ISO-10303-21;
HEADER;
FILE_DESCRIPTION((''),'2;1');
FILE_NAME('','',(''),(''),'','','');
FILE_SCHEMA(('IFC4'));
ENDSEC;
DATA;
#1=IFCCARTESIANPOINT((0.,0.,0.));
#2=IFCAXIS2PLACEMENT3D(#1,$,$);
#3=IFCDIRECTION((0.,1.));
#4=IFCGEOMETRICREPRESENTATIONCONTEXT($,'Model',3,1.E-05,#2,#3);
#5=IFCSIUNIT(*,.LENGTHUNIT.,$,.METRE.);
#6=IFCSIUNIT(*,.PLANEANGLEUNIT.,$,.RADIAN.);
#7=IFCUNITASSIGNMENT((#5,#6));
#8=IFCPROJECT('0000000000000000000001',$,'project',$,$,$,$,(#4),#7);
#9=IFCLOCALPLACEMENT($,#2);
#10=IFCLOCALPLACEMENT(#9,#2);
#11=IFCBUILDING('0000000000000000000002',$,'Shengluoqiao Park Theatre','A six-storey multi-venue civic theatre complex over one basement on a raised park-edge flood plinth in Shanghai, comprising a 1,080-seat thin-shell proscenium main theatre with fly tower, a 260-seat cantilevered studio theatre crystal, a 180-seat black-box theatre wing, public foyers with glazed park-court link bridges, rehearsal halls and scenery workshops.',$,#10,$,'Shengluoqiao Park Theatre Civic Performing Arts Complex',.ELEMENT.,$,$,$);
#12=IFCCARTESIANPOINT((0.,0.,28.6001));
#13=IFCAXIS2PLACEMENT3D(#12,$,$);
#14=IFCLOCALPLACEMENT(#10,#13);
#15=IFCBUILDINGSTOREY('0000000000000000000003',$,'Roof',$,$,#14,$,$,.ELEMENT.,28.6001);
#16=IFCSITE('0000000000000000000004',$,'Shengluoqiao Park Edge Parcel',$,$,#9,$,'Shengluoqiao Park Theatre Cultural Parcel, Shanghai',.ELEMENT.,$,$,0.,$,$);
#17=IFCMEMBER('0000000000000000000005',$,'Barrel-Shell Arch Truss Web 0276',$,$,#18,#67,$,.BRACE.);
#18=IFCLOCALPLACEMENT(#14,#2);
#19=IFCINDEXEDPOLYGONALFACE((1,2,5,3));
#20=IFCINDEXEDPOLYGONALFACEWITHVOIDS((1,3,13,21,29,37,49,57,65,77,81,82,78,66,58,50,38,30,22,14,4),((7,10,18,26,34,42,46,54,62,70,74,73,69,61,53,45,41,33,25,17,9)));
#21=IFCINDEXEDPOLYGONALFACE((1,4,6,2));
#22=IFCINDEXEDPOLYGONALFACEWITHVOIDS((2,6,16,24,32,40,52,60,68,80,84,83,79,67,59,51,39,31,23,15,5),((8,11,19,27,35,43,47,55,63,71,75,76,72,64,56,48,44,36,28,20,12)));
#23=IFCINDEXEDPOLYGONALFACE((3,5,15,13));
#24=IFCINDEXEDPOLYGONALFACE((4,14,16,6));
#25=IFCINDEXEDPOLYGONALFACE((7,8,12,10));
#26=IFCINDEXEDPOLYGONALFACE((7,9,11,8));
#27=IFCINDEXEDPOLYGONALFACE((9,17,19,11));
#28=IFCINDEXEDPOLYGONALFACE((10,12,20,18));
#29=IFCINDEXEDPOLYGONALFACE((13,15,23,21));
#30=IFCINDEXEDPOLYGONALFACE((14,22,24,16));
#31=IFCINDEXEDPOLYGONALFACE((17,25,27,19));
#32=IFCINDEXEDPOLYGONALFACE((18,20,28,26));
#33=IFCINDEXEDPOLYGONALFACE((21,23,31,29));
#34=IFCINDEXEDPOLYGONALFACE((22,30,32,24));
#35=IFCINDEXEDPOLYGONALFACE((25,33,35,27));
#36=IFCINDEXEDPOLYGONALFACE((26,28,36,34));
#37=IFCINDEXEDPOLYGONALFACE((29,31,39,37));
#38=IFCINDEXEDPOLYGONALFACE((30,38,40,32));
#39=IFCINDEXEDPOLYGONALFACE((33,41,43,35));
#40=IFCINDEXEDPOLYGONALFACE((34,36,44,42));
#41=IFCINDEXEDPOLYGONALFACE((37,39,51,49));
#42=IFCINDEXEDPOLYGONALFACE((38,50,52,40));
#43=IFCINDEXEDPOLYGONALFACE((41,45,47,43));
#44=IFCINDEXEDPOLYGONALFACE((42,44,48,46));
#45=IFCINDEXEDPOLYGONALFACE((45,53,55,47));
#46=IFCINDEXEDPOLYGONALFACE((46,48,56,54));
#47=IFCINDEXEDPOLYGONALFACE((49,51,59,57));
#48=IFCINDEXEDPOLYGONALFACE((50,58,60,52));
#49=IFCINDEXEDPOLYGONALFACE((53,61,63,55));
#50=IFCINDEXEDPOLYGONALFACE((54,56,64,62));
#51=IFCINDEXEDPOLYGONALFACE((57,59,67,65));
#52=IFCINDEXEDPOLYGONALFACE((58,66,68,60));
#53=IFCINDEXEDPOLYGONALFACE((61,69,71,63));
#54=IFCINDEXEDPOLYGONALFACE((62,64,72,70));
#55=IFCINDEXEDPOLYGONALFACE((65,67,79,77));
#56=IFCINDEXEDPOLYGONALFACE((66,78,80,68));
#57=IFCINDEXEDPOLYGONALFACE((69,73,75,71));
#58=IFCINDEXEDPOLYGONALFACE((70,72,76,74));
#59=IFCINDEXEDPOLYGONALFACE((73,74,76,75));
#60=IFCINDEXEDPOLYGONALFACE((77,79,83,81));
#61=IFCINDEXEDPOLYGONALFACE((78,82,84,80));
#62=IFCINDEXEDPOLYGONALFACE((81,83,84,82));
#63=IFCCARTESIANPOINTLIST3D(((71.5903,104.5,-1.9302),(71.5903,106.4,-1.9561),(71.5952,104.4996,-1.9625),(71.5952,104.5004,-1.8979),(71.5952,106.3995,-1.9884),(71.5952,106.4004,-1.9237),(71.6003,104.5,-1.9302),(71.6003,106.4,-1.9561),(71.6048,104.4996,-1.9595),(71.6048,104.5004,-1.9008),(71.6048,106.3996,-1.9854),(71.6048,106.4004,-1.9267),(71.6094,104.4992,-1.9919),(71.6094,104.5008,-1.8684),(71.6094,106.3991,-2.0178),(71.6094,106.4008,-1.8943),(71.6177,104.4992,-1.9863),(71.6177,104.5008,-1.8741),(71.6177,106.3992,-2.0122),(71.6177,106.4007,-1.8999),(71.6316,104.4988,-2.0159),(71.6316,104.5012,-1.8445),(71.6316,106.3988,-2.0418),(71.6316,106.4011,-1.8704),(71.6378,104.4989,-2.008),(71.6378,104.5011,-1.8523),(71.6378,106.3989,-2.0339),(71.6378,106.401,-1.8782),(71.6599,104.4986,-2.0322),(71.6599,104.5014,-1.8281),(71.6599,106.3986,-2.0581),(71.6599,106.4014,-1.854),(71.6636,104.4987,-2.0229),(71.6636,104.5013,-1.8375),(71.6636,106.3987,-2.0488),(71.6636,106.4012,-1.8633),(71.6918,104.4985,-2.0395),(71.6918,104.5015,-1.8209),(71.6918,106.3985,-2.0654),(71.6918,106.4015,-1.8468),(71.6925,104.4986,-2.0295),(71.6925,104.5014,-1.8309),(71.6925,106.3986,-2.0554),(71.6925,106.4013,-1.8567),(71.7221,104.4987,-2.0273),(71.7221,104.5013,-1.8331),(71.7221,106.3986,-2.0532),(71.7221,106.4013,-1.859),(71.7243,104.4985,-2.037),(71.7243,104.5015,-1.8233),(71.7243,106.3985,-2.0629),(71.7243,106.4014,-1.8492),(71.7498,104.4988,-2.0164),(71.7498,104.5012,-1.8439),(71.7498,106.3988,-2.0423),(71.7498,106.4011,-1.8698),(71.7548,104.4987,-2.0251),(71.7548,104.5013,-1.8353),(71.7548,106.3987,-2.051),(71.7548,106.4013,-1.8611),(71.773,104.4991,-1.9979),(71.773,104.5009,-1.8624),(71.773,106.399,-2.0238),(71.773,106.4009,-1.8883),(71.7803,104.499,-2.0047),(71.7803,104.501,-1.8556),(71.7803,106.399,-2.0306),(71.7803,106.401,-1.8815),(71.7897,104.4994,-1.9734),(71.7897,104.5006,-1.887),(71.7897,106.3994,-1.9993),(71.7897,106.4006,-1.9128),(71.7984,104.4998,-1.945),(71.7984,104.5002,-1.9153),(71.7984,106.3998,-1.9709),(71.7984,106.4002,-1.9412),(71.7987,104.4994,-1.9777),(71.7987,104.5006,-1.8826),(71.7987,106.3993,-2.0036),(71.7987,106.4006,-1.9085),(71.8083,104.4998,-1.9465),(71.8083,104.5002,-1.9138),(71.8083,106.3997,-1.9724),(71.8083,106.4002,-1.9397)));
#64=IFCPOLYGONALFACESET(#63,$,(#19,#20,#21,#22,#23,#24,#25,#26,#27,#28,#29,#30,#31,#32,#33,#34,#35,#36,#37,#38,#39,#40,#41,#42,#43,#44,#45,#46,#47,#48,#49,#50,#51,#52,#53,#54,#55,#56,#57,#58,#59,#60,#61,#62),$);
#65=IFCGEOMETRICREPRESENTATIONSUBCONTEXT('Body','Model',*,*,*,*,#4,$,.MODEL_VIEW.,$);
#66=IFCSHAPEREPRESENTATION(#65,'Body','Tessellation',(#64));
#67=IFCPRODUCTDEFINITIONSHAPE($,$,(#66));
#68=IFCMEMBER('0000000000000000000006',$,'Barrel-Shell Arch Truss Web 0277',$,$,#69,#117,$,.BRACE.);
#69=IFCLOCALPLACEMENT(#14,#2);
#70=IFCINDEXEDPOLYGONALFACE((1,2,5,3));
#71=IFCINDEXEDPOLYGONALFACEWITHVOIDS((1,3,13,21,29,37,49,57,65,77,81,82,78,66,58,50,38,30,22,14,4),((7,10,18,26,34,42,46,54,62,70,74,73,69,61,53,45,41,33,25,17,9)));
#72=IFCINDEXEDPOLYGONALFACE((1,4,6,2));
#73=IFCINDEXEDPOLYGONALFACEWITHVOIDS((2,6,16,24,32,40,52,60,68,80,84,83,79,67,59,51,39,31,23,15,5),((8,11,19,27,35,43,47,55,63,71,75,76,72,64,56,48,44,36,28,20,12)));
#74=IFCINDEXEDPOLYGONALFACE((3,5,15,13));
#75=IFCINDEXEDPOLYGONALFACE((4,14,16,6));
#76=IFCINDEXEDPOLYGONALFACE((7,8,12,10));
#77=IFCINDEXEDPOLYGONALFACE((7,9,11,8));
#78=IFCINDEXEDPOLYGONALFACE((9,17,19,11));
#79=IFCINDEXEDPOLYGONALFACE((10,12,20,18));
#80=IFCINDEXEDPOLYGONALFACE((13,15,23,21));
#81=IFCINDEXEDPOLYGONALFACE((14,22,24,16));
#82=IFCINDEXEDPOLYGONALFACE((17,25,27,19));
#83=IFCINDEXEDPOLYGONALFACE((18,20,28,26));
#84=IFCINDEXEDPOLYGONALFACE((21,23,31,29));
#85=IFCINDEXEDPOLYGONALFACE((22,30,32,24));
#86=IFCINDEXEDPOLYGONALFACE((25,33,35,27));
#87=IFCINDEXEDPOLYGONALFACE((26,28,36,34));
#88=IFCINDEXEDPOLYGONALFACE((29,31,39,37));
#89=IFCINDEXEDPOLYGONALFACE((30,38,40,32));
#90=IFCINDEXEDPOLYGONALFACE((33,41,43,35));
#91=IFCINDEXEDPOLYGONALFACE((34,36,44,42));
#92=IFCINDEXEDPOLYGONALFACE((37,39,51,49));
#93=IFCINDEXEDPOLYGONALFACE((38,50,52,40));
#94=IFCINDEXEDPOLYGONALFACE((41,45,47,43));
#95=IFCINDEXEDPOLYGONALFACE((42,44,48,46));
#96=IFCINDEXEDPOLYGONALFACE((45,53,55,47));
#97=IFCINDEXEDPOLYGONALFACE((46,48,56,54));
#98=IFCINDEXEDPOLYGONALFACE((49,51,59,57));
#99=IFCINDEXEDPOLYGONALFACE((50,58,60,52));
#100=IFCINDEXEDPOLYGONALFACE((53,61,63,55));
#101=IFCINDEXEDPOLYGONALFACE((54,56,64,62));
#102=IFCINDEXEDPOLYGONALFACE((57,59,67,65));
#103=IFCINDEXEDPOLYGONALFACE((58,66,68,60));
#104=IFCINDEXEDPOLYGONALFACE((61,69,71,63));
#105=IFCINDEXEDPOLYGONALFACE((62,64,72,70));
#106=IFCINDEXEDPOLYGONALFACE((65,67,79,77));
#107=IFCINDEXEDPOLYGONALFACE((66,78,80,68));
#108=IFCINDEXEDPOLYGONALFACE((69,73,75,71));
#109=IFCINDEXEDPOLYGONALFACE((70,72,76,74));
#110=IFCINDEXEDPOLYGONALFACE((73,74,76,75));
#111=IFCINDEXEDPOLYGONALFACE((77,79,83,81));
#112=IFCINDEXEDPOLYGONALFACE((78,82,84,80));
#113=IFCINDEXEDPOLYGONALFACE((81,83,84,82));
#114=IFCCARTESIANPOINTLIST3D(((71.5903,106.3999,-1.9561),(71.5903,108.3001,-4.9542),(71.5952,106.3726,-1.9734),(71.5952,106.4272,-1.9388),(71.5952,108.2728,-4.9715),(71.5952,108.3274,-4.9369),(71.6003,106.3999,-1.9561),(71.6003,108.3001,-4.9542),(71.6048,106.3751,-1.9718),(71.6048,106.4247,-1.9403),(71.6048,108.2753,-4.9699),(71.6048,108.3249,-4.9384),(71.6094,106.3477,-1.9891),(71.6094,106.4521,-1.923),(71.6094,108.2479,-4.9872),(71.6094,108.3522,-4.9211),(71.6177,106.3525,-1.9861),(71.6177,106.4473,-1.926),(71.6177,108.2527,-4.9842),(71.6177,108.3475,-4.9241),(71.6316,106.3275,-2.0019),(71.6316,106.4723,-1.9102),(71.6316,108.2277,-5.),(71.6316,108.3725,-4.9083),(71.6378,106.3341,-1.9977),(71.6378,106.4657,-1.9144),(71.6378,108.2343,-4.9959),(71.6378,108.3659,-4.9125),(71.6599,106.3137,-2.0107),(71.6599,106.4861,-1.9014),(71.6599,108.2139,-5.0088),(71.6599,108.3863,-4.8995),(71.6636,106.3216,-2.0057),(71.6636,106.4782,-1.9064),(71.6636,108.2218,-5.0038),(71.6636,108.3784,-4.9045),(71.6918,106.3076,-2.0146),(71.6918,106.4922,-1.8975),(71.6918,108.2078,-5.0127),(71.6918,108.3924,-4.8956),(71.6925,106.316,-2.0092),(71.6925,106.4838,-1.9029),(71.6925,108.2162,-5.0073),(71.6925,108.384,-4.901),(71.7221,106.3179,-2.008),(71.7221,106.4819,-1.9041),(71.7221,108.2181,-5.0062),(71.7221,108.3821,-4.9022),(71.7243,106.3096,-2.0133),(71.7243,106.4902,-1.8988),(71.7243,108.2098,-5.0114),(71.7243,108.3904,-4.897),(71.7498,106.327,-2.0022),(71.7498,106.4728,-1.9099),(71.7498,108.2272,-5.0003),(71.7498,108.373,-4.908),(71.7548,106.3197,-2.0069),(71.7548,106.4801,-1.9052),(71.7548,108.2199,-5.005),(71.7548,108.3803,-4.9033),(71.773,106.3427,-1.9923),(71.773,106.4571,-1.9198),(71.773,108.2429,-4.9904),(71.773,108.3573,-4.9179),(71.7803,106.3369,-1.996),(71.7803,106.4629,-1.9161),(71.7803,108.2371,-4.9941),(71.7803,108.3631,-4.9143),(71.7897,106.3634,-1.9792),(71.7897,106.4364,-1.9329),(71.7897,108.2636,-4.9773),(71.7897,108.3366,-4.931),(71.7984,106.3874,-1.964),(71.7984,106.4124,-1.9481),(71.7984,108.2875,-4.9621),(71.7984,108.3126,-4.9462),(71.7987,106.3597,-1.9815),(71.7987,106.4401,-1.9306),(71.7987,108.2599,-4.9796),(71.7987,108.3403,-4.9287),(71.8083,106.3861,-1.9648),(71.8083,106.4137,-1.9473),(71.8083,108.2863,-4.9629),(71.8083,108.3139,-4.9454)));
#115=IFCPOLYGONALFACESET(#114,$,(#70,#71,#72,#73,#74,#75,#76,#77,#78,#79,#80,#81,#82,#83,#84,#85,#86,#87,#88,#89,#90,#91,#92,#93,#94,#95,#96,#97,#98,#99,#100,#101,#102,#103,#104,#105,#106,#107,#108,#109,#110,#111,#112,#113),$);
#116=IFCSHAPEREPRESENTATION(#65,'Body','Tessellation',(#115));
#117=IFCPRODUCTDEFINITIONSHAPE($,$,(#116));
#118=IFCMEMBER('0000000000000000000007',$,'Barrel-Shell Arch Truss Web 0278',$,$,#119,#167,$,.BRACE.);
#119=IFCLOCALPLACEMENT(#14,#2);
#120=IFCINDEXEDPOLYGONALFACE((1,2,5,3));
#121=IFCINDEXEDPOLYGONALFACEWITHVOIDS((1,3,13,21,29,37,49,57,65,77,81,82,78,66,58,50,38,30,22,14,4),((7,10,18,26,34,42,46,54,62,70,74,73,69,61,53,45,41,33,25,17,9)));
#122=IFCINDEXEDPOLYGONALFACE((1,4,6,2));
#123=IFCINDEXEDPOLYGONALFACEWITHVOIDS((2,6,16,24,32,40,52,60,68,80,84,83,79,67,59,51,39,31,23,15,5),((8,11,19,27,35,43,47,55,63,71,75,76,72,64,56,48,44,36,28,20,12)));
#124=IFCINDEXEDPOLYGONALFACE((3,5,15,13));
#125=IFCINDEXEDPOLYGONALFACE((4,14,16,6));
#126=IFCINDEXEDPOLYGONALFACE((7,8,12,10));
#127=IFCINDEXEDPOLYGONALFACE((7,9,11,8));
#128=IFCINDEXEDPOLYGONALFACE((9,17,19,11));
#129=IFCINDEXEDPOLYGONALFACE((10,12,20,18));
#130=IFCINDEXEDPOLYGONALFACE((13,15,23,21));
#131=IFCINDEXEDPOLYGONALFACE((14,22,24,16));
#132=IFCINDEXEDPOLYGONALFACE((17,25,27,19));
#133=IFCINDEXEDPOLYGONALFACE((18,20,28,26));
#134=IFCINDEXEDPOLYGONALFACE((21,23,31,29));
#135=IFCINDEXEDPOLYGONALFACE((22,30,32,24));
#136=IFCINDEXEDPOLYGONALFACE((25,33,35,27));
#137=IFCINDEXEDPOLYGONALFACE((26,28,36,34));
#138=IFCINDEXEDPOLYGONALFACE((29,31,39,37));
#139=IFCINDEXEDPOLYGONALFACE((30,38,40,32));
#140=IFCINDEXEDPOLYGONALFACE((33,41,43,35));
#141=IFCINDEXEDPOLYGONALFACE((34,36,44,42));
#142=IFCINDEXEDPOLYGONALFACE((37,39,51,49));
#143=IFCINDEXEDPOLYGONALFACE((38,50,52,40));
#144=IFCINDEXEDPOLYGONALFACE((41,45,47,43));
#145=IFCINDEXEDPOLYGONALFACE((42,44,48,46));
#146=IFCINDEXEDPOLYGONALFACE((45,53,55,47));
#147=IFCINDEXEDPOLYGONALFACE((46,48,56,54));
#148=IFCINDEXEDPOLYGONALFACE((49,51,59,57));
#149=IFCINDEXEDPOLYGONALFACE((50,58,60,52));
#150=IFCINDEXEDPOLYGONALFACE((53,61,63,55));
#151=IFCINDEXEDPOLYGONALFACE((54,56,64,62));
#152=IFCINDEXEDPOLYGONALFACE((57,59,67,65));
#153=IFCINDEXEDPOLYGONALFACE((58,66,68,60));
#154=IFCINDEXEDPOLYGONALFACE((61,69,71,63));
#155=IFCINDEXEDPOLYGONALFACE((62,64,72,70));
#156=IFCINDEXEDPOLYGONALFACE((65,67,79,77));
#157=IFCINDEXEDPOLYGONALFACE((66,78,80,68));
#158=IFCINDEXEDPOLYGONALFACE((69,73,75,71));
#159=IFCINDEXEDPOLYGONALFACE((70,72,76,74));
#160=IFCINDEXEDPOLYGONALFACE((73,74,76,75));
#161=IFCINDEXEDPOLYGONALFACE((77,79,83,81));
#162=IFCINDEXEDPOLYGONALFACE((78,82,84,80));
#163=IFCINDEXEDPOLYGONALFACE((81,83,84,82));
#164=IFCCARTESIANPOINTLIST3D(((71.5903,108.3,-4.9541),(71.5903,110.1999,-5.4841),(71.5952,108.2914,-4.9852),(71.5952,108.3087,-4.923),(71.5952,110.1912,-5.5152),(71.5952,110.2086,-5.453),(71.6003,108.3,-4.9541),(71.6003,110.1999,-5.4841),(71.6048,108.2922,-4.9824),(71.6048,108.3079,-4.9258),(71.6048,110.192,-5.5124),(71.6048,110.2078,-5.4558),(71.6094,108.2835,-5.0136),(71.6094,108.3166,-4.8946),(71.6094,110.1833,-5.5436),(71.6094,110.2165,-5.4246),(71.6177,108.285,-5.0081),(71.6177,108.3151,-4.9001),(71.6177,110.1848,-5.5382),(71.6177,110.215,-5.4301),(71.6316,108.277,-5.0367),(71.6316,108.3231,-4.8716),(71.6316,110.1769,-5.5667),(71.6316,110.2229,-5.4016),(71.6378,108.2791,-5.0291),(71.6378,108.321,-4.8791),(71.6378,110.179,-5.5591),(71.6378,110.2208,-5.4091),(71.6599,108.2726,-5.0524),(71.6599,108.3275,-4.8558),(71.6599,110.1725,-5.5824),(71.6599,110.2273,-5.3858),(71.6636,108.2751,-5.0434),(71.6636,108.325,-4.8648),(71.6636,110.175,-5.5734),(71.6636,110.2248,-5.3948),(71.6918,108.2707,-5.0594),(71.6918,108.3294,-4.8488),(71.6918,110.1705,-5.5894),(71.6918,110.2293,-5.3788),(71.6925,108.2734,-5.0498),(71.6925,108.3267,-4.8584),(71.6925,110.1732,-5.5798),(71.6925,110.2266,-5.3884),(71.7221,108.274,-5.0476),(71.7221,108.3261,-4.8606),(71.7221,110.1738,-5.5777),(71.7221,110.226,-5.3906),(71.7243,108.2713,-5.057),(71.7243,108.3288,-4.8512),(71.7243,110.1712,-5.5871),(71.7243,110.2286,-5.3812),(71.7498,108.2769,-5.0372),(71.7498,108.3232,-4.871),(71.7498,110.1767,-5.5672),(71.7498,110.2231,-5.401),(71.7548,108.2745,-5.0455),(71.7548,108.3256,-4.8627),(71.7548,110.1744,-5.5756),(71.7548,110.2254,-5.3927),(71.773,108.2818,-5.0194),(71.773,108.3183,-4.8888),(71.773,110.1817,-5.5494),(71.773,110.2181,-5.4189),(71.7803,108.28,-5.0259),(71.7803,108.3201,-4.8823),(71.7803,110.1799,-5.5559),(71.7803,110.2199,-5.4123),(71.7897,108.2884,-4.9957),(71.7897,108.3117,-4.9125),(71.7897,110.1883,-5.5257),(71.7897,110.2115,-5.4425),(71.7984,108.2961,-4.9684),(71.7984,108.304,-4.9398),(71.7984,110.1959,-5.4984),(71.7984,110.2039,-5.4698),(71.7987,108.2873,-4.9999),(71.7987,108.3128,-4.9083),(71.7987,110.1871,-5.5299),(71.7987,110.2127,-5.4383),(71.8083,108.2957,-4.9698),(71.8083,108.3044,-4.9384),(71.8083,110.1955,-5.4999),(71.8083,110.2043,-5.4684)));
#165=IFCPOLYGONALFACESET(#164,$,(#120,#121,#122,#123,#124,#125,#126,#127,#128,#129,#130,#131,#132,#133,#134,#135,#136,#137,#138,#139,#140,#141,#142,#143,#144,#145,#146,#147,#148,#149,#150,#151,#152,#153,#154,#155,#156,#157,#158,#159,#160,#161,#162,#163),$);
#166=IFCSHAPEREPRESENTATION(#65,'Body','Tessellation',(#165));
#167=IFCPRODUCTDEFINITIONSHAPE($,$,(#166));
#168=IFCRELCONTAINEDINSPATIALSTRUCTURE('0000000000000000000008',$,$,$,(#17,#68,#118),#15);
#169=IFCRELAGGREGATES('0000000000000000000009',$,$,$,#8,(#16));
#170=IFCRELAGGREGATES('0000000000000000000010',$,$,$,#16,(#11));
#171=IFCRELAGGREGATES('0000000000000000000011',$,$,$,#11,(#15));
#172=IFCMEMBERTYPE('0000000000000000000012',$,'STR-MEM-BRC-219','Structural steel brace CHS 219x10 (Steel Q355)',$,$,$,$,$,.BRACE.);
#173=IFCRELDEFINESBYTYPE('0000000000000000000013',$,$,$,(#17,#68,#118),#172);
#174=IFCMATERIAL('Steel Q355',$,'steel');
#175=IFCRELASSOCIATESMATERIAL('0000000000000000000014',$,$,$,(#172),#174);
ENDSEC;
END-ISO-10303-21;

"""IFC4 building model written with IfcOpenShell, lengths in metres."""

from ifc_helpers import new_model, si_unit, direction, frame, origin, origin_2d, place, context, subcontext, project, spatial, hollow_circle, extrude, material, material_profile, profile_set, type_object, element, save


model = new_model("IFC4")

# Units and contexts
model_context = context("Model", 3, precision=1e-05, world=origin(), true_north=direction((0.0, 1.0)))
body_context = subcontext(model_context, "Body", "Model", "MODEL_VIEW")
ifc_project = project(units=[si_unit("LENGTHUNIT", "METRE"), si_unit("PLANEANGLEUNIT", "RADIAN")], contexts=[model_context])

# Site, building, storey
site_placement = place(None, origin())
site = spatial("IfcSite", under=ifc_project, at=site_placement, Name="Shengluoqiao Park Edge Parcel", LongName="Shengluoqiao Park Theatre Cultural Parcel, Shanghai", CompositionType="ELEMENT", RefElevation=0.0)
building_placement = place(site_placement, origin())
building = spatial("IfcBuilding", under=site, at=building_placement, Name="Shengluoqiao Park Theatre", Description="A six-storey multi-venue civic theatre complex over one basement on a raised park-edge flood plinth in Shanghai, comprising a 1,080-seat thin-shell proscenium main theatre with fly tower, a 260-seat cantilevered studio theatre crystal, a 180-seat black-box theatre wing, public foyers with glazed park-court link bridges, rehearsal halls and scenery workshops.", LongName="Shengluoqiao Park Theatre Civic Performing Arts Complex", CompositionType="ELEMENT")
storey_placement = place(building_placement, frame((0.0, 0.0, 28.6001)))
storey = spatial("IfcBuildingStorey", under=building, at=storey_placement, Name="Roof", CompositionType="ELEMENT", Elevation=28.6001)

# Shared definitions
ifc_material_1 = material(Name="Steel Q355", Category="steel")

# Members
ifc_material_profile_1 = material_profile(ifc_material_1, hollow_circle(Radius=0.1096, WallThickness=0.01, at=origin_2d()), Name="CHS 219x10")
ifc_profile_set_1 = profile_set([ifc_material_profile_1], Name="Steel Q355")
member_type_1 = type_object("IfcMemberType", Name="STR-MEM-BRC-219", Description="Structural steel brace CHS 219x10 (Steel Q355)", PredefinedType="BRACE", material=ifc_profile_set_1)
member_1_placement = place(storey_placement, frame((71.7, 104.5, -1.9302), z_axis=(0.0, 0.999907, -0.01362), x_axis=(-1.0, 0.0, 0.0)))
element("IfcMember", 1, at=member_1_placement, inside=storey, type_object=member_type_1, Name="Barrel-Shell Arch Truss Web 0276", PredefinedType="BRACE", context=body_context, shape_type="SweptSolid", body=[
    extrude(hollow_circle(Radius=0.1096, WallThickness=0.01, at=origin_2d()), origin(), (0.0, 0.0, 1.0), 1.9001),
])
member_2_placement = place(storey_placement, frame((71.7, 106.3999, -1.9561), z_axis=(0.0, 0.53533, -0.844643), x_axis=(-1.0, 0.0, 0.0)))
element("IfcMember", 2, at=member_2_placement, inside=storey, type_object=member_type_1, Name="Barrel-Shell Arch Truss Web 0277", PredefinedType="BRACE", context=body_context, shape_type="SweptSolid", body=[
    extrude(hollow_circle(Radius=0.1096, WallThickness=0.01, at=origin_2d()), origin(), (0.0, 0.0, 1.0), 3.5496),
])
for number, where, z_axis, x_axis, name in (
    (3, (71.7, 108.3, -4.9541), (0.0, 0.963219, -0.268716), (-1.0, 0.0, 0.0), "Barrel-Shell Arch Truss Web 0278"),
):
    element("IfcMember", number, at=place(storey_placement, frame(where, z_axis=z_axis, x_axis=x_axis)), inside=storey, type_object=member_type_1, Name=name, PredefinedType="BRACE", context=body_context, shape_type="SweptSolid", body=[
        extrude(hollow_circle(Radius=0.1096, WallThickness=0.01, at=origin_2d()), origin(), (0.0, 0.0, 1.0), 1.9724),
    ])

save(model, "model.ifc")
